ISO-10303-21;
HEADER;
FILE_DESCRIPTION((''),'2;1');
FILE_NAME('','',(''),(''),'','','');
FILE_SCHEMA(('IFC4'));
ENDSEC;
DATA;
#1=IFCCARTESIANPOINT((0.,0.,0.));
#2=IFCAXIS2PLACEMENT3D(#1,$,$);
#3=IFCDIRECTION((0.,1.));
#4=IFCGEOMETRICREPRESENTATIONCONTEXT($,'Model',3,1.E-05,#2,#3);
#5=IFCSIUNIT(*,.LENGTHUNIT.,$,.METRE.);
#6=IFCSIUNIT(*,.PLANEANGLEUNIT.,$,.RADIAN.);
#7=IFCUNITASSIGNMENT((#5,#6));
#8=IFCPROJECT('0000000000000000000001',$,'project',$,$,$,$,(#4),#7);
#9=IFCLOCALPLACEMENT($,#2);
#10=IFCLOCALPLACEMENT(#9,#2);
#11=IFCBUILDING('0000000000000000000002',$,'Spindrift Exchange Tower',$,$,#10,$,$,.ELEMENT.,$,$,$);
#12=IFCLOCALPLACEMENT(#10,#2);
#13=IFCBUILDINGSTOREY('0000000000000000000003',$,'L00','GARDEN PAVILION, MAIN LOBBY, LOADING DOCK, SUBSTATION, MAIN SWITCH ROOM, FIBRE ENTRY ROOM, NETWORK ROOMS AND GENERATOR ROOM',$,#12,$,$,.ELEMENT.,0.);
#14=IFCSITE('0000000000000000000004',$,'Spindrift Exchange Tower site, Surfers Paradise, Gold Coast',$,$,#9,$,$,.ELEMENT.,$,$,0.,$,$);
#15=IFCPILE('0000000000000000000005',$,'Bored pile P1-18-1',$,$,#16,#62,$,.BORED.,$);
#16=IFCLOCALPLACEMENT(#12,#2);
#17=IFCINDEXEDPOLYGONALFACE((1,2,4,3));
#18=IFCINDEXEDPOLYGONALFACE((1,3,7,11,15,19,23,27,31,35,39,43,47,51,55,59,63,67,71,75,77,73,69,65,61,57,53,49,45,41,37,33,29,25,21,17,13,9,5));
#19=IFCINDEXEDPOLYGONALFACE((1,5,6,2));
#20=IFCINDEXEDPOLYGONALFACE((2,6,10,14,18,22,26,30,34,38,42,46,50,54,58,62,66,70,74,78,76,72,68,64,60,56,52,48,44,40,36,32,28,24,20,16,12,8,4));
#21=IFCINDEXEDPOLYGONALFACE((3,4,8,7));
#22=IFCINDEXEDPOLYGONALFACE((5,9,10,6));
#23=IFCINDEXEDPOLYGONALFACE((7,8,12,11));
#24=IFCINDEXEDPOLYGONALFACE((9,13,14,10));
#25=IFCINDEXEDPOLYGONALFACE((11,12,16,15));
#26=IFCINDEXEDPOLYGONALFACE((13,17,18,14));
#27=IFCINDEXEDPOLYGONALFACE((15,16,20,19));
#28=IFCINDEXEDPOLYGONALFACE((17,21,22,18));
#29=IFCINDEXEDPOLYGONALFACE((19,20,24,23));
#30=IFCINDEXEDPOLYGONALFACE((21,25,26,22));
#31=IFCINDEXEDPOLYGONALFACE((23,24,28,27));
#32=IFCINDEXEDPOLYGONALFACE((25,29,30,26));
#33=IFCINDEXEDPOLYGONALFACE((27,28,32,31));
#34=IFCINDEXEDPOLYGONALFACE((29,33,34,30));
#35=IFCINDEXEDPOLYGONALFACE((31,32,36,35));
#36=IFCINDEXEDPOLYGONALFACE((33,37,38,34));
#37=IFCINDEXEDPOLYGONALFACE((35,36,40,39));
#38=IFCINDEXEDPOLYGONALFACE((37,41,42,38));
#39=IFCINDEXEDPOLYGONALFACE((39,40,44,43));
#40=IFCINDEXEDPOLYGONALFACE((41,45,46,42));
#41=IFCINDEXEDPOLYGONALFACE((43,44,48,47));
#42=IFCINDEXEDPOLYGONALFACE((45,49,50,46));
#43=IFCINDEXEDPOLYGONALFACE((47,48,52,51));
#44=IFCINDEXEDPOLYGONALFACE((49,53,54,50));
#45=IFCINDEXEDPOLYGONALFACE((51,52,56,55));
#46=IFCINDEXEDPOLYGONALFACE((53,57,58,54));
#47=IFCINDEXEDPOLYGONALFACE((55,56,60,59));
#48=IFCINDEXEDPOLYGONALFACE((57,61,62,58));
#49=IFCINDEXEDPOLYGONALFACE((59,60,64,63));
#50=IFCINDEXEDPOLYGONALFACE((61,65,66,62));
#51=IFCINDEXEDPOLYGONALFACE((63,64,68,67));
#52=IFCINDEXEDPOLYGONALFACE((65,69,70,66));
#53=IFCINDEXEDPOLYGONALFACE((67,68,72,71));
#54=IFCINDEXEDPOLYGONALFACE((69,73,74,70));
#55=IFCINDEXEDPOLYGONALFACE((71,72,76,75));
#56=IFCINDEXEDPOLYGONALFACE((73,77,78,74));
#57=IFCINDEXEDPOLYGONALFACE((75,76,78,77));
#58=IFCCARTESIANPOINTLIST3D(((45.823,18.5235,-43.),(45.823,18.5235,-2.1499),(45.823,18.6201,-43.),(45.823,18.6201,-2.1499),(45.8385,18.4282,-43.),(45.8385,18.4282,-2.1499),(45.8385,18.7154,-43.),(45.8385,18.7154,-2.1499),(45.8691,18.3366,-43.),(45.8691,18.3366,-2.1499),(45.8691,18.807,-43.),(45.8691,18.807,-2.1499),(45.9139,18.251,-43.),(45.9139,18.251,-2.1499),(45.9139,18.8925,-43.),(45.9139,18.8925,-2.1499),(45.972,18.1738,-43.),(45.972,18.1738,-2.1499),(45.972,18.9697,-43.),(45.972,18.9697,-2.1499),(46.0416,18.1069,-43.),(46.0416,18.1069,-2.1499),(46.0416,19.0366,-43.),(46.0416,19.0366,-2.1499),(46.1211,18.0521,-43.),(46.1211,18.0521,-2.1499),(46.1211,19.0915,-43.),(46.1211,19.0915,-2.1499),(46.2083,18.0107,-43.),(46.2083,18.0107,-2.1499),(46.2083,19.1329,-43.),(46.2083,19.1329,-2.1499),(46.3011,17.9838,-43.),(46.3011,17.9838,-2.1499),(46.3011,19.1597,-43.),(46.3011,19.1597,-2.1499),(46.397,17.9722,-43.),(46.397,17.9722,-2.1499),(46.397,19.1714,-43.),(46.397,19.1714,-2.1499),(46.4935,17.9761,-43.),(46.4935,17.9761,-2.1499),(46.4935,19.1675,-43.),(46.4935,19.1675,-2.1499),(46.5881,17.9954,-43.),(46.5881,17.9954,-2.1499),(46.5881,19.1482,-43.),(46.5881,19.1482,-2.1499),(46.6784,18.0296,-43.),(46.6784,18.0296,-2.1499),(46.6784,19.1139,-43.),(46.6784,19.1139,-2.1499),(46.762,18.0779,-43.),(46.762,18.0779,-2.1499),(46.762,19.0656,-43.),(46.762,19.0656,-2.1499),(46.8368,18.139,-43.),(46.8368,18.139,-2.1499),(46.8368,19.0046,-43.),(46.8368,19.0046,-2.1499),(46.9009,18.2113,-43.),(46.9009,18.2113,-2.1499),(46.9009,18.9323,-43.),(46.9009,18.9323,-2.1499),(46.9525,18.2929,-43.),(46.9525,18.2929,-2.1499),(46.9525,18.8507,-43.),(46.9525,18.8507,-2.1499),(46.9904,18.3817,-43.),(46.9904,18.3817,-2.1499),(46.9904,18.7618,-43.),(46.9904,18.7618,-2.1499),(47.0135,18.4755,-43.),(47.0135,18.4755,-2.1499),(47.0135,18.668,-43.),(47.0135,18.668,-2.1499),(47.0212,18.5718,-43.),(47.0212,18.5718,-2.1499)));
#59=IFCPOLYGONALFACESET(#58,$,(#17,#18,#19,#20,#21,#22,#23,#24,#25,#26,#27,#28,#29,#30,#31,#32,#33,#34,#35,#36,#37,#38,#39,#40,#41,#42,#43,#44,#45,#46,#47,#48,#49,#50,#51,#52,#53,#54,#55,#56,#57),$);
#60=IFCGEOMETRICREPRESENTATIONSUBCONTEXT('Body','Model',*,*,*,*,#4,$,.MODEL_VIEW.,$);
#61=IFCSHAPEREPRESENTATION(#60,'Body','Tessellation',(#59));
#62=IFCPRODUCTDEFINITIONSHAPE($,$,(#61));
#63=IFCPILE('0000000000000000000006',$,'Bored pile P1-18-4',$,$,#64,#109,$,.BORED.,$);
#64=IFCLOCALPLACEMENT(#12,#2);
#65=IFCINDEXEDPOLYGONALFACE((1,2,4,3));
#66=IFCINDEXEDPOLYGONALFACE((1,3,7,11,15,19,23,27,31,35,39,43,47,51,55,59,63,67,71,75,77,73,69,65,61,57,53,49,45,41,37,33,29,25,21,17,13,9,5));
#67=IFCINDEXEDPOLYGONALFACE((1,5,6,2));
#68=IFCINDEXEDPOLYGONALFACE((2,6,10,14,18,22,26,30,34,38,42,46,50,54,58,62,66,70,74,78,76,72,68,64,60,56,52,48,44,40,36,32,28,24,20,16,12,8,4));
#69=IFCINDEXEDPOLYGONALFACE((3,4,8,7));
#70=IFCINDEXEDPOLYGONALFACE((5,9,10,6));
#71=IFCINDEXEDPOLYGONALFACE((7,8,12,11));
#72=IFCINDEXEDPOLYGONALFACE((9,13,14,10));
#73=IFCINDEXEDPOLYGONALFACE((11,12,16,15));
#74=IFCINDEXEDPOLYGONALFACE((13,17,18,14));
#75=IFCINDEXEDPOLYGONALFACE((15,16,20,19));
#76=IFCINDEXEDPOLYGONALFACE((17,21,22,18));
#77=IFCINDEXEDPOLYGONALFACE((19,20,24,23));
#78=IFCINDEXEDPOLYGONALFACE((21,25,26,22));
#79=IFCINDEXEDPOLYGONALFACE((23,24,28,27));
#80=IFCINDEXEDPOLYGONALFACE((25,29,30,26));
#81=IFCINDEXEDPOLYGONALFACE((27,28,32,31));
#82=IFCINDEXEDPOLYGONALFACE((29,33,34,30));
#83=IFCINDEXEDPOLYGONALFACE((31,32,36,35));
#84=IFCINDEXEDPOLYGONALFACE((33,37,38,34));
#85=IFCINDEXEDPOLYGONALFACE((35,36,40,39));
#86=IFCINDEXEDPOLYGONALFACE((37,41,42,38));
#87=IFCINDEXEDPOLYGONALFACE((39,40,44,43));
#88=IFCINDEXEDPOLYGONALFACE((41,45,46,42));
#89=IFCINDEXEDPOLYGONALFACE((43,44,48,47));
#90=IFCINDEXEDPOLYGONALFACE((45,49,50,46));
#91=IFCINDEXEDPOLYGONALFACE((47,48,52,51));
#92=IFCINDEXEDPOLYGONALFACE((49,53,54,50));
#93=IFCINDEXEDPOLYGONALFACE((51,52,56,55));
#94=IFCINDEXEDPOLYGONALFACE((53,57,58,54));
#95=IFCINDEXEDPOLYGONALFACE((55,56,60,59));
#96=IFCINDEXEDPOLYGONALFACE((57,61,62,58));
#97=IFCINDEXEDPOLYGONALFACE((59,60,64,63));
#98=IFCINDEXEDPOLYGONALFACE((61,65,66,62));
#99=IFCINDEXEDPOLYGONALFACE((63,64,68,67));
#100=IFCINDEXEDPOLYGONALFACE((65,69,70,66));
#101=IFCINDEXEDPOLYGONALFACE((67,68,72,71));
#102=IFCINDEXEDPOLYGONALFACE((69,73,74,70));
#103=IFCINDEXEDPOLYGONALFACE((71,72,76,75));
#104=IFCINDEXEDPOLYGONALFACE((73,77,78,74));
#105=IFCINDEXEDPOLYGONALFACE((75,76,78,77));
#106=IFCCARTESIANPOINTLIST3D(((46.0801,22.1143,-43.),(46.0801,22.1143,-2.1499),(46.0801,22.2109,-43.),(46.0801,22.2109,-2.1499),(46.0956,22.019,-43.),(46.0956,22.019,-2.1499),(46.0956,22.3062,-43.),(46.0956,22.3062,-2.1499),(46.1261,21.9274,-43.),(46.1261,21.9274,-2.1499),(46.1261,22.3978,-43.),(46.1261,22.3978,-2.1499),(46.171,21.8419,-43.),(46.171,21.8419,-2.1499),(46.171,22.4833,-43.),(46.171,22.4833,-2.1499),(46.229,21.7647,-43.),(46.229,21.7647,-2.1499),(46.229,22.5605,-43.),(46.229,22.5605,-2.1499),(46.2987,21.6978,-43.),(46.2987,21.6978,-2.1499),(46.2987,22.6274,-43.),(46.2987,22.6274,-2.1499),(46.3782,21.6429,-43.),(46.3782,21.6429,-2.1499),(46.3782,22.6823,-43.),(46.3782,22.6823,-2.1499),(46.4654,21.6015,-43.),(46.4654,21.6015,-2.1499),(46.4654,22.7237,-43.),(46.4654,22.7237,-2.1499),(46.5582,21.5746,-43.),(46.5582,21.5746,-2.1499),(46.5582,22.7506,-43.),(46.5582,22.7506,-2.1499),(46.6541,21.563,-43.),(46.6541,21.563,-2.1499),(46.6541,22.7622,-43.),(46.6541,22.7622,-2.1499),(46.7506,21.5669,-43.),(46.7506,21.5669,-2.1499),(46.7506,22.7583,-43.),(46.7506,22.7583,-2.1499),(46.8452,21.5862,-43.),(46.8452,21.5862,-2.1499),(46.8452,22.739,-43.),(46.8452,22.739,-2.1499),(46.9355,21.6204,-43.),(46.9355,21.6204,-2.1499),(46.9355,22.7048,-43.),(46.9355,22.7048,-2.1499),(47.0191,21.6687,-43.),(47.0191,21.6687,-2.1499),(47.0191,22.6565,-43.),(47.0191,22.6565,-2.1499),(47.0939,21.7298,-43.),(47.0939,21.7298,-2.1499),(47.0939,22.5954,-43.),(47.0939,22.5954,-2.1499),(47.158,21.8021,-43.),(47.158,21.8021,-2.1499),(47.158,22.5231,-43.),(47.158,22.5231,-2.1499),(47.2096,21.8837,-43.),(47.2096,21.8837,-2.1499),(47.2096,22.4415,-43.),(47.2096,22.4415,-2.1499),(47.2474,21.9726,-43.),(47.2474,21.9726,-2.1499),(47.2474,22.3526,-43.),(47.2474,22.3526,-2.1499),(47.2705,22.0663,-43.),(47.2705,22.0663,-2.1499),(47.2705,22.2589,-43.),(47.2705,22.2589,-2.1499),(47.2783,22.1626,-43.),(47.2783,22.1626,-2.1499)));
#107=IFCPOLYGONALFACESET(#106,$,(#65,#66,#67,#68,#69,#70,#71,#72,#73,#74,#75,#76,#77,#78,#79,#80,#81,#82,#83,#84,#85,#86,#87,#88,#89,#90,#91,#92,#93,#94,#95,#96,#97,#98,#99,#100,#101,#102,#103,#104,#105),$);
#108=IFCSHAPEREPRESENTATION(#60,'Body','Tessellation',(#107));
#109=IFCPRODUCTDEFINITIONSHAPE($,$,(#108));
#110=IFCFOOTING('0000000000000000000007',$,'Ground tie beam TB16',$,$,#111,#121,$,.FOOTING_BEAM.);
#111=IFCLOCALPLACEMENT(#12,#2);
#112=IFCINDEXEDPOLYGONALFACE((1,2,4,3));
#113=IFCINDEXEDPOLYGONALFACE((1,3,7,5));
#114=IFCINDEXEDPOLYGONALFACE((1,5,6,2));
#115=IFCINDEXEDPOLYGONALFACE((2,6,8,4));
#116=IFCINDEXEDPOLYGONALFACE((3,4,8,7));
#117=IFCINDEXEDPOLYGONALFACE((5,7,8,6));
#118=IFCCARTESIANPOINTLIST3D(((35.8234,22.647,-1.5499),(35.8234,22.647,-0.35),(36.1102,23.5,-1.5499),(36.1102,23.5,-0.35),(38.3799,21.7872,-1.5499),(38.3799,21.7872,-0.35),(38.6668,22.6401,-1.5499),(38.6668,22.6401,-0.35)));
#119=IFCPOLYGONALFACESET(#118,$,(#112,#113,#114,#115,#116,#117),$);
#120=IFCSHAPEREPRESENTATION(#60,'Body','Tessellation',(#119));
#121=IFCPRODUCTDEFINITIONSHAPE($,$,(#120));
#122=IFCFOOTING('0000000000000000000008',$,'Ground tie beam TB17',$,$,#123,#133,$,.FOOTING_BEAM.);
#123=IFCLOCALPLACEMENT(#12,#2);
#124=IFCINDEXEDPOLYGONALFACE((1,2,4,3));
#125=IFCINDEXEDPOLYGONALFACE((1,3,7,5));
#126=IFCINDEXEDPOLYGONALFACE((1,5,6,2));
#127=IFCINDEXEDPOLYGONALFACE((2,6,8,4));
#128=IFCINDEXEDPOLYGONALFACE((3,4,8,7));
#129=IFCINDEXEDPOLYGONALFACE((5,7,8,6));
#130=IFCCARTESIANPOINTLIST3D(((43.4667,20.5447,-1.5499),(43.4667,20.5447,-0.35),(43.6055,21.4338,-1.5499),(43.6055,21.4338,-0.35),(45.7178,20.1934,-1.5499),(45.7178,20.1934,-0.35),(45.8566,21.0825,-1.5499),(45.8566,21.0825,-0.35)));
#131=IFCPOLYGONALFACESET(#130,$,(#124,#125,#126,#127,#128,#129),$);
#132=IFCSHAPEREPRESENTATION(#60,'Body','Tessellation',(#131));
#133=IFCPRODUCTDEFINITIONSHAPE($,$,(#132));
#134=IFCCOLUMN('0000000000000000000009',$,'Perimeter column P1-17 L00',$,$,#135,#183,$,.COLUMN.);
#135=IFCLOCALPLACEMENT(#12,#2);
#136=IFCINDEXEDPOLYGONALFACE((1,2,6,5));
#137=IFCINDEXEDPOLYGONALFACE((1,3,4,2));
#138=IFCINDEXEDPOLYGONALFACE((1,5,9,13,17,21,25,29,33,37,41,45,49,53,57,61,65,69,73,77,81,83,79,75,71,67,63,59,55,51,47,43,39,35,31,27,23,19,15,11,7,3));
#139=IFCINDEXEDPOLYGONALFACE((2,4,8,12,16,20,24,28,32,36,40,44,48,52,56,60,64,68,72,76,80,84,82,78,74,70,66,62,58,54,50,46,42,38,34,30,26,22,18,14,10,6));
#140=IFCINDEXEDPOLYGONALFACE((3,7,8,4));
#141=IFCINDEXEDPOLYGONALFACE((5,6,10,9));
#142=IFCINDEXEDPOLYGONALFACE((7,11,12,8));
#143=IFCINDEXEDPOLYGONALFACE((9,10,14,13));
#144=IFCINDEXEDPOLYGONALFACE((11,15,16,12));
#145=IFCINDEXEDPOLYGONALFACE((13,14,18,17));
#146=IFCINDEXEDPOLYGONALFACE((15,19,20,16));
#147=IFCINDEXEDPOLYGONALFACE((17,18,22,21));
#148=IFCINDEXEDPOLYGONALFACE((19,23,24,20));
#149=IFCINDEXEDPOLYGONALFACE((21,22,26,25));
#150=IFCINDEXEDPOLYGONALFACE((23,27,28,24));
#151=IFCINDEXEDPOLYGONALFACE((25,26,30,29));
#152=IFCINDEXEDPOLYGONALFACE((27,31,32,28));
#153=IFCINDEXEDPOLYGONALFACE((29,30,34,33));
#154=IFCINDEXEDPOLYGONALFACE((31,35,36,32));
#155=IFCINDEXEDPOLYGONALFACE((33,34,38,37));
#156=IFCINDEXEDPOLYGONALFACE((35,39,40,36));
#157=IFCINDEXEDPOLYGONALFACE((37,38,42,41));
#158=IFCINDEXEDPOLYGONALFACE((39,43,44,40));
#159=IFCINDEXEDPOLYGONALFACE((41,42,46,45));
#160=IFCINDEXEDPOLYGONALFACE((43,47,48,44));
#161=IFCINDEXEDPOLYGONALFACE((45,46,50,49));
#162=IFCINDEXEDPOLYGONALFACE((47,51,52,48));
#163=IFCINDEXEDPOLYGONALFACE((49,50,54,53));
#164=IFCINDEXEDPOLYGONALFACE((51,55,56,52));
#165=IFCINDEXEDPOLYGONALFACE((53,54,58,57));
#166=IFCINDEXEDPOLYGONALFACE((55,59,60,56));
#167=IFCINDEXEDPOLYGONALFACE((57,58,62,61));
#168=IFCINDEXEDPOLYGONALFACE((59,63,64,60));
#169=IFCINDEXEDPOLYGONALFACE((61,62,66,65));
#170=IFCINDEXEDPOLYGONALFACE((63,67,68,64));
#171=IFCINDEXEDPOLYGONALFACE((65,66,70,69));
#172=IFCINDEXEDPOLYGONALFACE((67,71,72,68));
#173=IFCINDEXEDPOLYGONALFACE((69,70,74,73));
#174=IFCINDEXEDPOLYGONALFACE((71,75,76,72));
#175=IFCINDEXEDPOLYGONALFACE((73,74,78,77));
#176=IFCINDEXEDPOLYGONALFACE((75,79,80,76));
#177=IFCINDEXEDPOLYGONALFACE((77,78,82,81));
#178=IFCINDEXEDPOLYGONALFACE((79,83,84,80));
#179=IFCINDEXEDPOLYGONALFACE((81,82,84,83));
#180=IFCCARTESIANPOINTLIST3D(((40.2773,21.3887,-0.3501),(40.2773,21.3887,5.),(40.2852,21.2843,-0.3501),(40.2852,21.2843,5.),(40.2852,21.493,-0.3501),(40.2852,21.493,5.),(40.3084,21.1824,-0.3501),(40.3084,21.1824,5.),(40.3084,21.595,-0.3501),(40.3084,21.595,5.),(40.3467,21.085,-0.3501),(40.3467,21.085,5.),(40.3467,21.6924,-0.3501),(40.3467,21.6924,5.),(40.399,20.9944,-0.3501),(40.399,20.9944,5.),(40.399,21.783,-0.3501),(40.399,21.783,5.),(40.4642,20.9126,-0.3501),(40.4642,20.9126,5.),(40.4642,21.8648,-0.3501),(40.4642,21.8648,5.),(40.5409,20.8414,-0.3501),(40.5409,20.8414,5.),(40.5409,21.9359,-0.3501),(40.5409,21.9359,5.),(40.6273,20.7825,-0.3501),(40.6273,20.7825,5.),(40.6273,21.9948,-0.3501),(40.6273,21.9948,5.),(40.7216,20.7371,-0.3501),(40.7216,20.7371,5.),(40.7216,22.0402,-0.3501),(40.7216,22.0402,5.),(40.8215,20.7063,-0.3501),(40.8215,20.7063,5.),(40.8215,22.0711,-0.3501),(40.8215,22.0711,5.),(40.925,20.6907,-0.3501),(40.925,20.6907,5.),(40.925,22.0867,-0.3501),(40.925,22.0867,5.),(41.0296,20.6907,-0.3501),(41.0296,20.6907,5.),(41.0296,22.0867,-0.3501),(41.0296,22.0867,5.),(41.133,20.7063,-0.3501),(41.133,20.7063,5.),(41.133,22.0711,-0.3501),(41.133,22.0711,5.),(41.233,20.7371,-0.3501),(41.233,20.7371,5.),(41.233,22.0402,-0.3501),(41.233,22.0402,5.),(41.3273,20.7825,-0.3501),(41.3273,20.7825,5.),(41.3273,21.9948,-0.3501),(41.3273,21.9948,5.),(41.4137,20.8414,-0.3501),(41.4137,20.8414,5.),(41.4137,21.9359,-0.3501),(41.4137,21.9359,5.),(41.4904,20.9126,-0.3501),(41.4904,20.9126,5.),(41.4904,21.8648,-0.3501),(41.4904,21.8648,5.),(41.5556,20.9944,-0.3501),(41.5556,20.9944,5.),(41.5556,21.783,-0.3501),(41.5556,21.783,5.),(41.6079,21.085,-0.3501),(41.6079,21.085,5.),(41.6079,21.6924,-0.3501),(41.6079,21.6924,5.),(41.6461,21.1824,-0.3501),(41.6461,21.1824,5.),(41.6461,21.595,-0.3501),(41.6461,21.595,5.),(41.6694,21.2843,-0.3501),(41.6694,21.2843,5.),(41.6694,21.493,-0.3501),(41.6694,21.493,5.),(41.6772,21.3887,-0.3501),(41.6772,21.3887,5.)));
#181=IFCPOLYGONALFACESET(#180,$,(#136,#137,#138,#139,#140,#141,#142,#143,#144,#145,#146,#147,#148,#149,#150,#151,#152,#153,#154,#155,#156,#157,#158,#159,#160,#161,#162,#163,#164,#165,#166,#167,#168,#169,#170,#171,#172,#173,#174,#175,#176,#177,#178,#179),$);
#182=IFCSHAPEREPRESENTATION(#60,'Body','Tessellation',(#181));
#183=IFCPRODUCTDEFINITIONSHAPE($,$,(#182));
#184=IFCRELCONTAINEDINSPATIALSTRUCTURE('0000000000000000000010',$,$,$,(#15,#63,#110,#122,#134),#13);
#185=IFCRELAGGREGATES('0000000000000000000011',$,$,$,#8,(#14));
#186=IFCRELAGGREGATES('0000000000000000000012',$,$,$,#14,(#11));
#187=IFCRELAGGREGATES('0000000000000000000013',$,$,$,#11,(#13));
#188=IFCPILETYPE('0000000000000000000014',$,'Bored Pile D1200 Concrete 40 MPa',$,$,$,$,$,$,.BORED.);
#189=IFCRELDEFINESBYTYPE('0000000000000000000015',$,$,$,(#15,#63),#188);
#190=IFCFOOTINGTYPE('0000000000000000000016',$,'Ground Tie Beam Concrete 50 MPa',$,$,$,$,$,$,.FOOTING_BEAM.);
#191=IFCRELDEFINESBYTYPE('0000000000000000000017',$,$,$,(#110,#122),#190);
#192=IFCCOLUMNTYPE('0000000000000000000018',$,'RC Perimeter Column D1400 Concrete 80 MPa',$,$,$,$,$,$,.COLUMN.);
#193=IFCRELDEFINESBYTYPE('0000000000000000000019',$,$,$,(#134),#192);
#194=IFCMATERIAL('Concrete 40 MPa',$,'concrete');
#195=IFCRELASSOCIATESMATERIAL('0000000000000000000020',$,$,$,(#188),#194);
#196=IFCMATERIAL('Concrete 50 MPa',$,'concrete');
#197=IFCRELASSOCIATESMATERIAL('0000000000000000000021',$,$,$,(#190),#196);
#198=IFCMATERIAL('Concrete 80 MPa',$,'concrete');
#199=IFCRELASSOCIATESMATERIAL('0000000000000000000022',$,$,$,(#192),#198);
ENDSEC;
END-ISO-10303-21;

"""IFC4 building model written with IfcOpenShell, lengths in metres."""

from ifc_helpers import new_model, si_unit, direction, frame, origin, origin_2d, place, context, subcontext, project, spatial, rectangle, circle, extrude, source, transform, mapped, material, material_profile, profile_set, type_object, element, save


model = new_model("IFC4")

# Units and contexts
model_context = context("Model", 3, precision=1e-05, world=origin(), true_north=direction((0.0, 1.0)))
body_context = subcontext(model_context, "Body", "Model", "MODEL_VIEW")
ifc_project = project(units=[si_unit("LENGTHUNIT", "METRE"), si_unit("PLANEANGLEUNIT", "RADIAN")], contexts=[model_context])

# Site, building, storey
site_placement = place(None, origin())
site = spatial("IfcSite", under=ifc_project, at=site_placement, Name="Spindrift Exchange Tower site, Surfers Paradise, Gold Coast", CompositionType="ELEMENT", RefElevation=0.0)
building_placement = place(site_placement, origin())
building = spatial("IfcBuilding", under=site, at=building_placement, Name="Spindrift Exchange Tower", CompositionType="ELEMENT")
storey_placement = place(building_placement, origin())
storey = spatial("IfcBuildingStorey", under=building, at=storey_placement, Name="L00", Description="GARDEN PAVILION, MAIN LOBBY, LOADING DOCK, SUBSTATION, MAIN SWITCH ROOM, FIBRE ENTRY ROOM, NETWORK ROOMS AND GENERATOR ROOM", CompositionType="ELEMENT", Elevation=0.0)

# Piles
ifc_material_1 = material(Name="Concrete 40 MPa", Category="concrete")
ifc_material_profile_1 = material_profile(ifc_material_1, circle(Radius=0.6001, at=origin_2d()), Name="BP D1200")
ifc_profile_set_1 = profile_set([ifc_material_profile_1], Name="Concrete 40 MPa")
pile_type_1 = type_object("IfcPileType", Name="Bored Pile D1200 Concrete 40 MPa", PredefinedType="BORED", material=ifc_profile_set_1)
shared_shape_1 = source(origin(), body_context, "Body", "SweptSolid", [
    extrude(circle(Radius=0.6001, at=origin_2d()), origin(), (0.0, 0.0, 1.0), 40.8501),
])
for number, where, z_axis, x_axis, name in (
    (1, (46.4211, 18.5718, -2.1499), (0.0, 0.0, -1.0), (1.0, 0.0, 0.0), "Bored pile P1-18-1"),
    (2, (46.6782, 22.1626, -2.1499), (0.0, 0.0, -1.0), (1.0, 0.0, 0.0), "Bored pile P1-18-4"),
):
    element("IfcPile", number, at=place(storey_placement, frame(where, z_axis=z_axis, x_axis=x_axis)), inside=storey, type_object=pile_type_1, Name=name, PredefinedType="BORED", context=body_context, shape_type="MappedRepresentation", body=[
        mapped(shared_shape_1, transform((0.0, 0.0, 0.0), scale=1.0)),
    ])

# Footings
ifc_material_2 = material(Name="Concrete 50 MPa", Category="concrete")
ifc_material_profile_2 = material_profile(ifc_material_2, rectangle(XDim=0.8999, YDim=1.2, at=origin_2d()), Name="RC 900x1200")
ifc_profile_set_2 = profile_set([ifc_material_profile_2], Name="Concrete 50 MPa")
footing_type = type_object("IfcFootingType", Name="Ground Tie Beam Concrete 50 MPa", PredefinedType="FOOTING_BEAM", material=ifc_profile_set_2)
shared_shape_2 = source(origin(), body_context, "Body", "SweptSolid", [
    extrude(rectangle(XDim=0.8999, YDim=1.2, at=origin_2d()), origin(), (0.0, 0.0, 1.0), 2.6973),
])
footing_1_placement = place(storey_placement, frame((35.9668, 23.0735, -0.95), z_axis=(0.947829, -0.318779, 0.0), x_axis=(0.318779, 0.947829, 0.0)))
element("IfcFooting", 3, at=footing_1_placement, inside=storey, type_object=footing_type, Name="Ground tie beam TB16", PredefinedType="FOOTING_BEAM", context=body_context, shape_type="MappedRepresentation", body=[
    mapped(shared_shape_2, transform((0.0, 0.0, 0.0), scale=1.0)),
])
shared_shape_3 = source(origin(), body_context, "Body", "SweptSolid", [
    extrude(rectangle(XDim=0.8999, YDim=1.2, at=origin_2d()), origin(), (0.0, 0.0, 1.0), 2.2783),
])
footing_2_placement = place(storey_placement, frame((43.5361, 20.9893, -0.95), z_axis=(0.988039, -0.154207, 0.0), x_axis=(0.154207, 0.988039, 0.0)))
element("IfcFooting", 4, at=footing_2_placement, inside=storey, type_object=footing_type, Name="Ground tie beam TB17", PredefinedType="FOOTING_BEAM", context=body_context, shape_type="MappedRepresentation", body=[
    mapped(shared_shape_3, transform((0.0, 0.0, 0.0), scale=1.0)),
])

# Column
ifc_material_3 = material(Name="Concrete 80 MPa", Category="concrete")
ifc_material_profile_3 = material_profile(ifc_material_3, circle(Radius=0.7, at=origin_2d()), Name="RC D1400")
ifc_profile_set_3 = profile_set([ifc_material_profile_3], Name="Concrete 80 MPa")
column_type_1 = type_object("IfcColumnType", Name="RC Perimeter Column D1400 Concrete 80 MPa", PredefinedType="COLUMN", material=ifc_profile_set_3)
shared_shape_4 = source(origin(), body_context, "Body", "SweptSolid", [
    extrude(circle(Radius=0.7, at=origin_2d()), origin(), (0.0, 0.0, 1.0), 5.3501),
])
for number, where, z_axis, x_axis, name in (
    (5, (40.9773, 21.3887, -0.3501), (0.0, 0.0, 1.0), (1.0, 0.0, 0.0), "Perimeter column P1-17 L00"),
):
    element("IfcColumn", number, at=place(storey_placement, frame(where, z_axis=z_axis, x_axis=x_axis)), inside=storey, type_object=column_type_1, Name=name, PredefinedType="COLUMN", context=body_context, shape_type="MappedRepresentation", body=[
        mapped(shared_shape_4, transform((0.0, 0.0, 0.0), scale=1.0)),
    ])

save(model, "model.ifc")
